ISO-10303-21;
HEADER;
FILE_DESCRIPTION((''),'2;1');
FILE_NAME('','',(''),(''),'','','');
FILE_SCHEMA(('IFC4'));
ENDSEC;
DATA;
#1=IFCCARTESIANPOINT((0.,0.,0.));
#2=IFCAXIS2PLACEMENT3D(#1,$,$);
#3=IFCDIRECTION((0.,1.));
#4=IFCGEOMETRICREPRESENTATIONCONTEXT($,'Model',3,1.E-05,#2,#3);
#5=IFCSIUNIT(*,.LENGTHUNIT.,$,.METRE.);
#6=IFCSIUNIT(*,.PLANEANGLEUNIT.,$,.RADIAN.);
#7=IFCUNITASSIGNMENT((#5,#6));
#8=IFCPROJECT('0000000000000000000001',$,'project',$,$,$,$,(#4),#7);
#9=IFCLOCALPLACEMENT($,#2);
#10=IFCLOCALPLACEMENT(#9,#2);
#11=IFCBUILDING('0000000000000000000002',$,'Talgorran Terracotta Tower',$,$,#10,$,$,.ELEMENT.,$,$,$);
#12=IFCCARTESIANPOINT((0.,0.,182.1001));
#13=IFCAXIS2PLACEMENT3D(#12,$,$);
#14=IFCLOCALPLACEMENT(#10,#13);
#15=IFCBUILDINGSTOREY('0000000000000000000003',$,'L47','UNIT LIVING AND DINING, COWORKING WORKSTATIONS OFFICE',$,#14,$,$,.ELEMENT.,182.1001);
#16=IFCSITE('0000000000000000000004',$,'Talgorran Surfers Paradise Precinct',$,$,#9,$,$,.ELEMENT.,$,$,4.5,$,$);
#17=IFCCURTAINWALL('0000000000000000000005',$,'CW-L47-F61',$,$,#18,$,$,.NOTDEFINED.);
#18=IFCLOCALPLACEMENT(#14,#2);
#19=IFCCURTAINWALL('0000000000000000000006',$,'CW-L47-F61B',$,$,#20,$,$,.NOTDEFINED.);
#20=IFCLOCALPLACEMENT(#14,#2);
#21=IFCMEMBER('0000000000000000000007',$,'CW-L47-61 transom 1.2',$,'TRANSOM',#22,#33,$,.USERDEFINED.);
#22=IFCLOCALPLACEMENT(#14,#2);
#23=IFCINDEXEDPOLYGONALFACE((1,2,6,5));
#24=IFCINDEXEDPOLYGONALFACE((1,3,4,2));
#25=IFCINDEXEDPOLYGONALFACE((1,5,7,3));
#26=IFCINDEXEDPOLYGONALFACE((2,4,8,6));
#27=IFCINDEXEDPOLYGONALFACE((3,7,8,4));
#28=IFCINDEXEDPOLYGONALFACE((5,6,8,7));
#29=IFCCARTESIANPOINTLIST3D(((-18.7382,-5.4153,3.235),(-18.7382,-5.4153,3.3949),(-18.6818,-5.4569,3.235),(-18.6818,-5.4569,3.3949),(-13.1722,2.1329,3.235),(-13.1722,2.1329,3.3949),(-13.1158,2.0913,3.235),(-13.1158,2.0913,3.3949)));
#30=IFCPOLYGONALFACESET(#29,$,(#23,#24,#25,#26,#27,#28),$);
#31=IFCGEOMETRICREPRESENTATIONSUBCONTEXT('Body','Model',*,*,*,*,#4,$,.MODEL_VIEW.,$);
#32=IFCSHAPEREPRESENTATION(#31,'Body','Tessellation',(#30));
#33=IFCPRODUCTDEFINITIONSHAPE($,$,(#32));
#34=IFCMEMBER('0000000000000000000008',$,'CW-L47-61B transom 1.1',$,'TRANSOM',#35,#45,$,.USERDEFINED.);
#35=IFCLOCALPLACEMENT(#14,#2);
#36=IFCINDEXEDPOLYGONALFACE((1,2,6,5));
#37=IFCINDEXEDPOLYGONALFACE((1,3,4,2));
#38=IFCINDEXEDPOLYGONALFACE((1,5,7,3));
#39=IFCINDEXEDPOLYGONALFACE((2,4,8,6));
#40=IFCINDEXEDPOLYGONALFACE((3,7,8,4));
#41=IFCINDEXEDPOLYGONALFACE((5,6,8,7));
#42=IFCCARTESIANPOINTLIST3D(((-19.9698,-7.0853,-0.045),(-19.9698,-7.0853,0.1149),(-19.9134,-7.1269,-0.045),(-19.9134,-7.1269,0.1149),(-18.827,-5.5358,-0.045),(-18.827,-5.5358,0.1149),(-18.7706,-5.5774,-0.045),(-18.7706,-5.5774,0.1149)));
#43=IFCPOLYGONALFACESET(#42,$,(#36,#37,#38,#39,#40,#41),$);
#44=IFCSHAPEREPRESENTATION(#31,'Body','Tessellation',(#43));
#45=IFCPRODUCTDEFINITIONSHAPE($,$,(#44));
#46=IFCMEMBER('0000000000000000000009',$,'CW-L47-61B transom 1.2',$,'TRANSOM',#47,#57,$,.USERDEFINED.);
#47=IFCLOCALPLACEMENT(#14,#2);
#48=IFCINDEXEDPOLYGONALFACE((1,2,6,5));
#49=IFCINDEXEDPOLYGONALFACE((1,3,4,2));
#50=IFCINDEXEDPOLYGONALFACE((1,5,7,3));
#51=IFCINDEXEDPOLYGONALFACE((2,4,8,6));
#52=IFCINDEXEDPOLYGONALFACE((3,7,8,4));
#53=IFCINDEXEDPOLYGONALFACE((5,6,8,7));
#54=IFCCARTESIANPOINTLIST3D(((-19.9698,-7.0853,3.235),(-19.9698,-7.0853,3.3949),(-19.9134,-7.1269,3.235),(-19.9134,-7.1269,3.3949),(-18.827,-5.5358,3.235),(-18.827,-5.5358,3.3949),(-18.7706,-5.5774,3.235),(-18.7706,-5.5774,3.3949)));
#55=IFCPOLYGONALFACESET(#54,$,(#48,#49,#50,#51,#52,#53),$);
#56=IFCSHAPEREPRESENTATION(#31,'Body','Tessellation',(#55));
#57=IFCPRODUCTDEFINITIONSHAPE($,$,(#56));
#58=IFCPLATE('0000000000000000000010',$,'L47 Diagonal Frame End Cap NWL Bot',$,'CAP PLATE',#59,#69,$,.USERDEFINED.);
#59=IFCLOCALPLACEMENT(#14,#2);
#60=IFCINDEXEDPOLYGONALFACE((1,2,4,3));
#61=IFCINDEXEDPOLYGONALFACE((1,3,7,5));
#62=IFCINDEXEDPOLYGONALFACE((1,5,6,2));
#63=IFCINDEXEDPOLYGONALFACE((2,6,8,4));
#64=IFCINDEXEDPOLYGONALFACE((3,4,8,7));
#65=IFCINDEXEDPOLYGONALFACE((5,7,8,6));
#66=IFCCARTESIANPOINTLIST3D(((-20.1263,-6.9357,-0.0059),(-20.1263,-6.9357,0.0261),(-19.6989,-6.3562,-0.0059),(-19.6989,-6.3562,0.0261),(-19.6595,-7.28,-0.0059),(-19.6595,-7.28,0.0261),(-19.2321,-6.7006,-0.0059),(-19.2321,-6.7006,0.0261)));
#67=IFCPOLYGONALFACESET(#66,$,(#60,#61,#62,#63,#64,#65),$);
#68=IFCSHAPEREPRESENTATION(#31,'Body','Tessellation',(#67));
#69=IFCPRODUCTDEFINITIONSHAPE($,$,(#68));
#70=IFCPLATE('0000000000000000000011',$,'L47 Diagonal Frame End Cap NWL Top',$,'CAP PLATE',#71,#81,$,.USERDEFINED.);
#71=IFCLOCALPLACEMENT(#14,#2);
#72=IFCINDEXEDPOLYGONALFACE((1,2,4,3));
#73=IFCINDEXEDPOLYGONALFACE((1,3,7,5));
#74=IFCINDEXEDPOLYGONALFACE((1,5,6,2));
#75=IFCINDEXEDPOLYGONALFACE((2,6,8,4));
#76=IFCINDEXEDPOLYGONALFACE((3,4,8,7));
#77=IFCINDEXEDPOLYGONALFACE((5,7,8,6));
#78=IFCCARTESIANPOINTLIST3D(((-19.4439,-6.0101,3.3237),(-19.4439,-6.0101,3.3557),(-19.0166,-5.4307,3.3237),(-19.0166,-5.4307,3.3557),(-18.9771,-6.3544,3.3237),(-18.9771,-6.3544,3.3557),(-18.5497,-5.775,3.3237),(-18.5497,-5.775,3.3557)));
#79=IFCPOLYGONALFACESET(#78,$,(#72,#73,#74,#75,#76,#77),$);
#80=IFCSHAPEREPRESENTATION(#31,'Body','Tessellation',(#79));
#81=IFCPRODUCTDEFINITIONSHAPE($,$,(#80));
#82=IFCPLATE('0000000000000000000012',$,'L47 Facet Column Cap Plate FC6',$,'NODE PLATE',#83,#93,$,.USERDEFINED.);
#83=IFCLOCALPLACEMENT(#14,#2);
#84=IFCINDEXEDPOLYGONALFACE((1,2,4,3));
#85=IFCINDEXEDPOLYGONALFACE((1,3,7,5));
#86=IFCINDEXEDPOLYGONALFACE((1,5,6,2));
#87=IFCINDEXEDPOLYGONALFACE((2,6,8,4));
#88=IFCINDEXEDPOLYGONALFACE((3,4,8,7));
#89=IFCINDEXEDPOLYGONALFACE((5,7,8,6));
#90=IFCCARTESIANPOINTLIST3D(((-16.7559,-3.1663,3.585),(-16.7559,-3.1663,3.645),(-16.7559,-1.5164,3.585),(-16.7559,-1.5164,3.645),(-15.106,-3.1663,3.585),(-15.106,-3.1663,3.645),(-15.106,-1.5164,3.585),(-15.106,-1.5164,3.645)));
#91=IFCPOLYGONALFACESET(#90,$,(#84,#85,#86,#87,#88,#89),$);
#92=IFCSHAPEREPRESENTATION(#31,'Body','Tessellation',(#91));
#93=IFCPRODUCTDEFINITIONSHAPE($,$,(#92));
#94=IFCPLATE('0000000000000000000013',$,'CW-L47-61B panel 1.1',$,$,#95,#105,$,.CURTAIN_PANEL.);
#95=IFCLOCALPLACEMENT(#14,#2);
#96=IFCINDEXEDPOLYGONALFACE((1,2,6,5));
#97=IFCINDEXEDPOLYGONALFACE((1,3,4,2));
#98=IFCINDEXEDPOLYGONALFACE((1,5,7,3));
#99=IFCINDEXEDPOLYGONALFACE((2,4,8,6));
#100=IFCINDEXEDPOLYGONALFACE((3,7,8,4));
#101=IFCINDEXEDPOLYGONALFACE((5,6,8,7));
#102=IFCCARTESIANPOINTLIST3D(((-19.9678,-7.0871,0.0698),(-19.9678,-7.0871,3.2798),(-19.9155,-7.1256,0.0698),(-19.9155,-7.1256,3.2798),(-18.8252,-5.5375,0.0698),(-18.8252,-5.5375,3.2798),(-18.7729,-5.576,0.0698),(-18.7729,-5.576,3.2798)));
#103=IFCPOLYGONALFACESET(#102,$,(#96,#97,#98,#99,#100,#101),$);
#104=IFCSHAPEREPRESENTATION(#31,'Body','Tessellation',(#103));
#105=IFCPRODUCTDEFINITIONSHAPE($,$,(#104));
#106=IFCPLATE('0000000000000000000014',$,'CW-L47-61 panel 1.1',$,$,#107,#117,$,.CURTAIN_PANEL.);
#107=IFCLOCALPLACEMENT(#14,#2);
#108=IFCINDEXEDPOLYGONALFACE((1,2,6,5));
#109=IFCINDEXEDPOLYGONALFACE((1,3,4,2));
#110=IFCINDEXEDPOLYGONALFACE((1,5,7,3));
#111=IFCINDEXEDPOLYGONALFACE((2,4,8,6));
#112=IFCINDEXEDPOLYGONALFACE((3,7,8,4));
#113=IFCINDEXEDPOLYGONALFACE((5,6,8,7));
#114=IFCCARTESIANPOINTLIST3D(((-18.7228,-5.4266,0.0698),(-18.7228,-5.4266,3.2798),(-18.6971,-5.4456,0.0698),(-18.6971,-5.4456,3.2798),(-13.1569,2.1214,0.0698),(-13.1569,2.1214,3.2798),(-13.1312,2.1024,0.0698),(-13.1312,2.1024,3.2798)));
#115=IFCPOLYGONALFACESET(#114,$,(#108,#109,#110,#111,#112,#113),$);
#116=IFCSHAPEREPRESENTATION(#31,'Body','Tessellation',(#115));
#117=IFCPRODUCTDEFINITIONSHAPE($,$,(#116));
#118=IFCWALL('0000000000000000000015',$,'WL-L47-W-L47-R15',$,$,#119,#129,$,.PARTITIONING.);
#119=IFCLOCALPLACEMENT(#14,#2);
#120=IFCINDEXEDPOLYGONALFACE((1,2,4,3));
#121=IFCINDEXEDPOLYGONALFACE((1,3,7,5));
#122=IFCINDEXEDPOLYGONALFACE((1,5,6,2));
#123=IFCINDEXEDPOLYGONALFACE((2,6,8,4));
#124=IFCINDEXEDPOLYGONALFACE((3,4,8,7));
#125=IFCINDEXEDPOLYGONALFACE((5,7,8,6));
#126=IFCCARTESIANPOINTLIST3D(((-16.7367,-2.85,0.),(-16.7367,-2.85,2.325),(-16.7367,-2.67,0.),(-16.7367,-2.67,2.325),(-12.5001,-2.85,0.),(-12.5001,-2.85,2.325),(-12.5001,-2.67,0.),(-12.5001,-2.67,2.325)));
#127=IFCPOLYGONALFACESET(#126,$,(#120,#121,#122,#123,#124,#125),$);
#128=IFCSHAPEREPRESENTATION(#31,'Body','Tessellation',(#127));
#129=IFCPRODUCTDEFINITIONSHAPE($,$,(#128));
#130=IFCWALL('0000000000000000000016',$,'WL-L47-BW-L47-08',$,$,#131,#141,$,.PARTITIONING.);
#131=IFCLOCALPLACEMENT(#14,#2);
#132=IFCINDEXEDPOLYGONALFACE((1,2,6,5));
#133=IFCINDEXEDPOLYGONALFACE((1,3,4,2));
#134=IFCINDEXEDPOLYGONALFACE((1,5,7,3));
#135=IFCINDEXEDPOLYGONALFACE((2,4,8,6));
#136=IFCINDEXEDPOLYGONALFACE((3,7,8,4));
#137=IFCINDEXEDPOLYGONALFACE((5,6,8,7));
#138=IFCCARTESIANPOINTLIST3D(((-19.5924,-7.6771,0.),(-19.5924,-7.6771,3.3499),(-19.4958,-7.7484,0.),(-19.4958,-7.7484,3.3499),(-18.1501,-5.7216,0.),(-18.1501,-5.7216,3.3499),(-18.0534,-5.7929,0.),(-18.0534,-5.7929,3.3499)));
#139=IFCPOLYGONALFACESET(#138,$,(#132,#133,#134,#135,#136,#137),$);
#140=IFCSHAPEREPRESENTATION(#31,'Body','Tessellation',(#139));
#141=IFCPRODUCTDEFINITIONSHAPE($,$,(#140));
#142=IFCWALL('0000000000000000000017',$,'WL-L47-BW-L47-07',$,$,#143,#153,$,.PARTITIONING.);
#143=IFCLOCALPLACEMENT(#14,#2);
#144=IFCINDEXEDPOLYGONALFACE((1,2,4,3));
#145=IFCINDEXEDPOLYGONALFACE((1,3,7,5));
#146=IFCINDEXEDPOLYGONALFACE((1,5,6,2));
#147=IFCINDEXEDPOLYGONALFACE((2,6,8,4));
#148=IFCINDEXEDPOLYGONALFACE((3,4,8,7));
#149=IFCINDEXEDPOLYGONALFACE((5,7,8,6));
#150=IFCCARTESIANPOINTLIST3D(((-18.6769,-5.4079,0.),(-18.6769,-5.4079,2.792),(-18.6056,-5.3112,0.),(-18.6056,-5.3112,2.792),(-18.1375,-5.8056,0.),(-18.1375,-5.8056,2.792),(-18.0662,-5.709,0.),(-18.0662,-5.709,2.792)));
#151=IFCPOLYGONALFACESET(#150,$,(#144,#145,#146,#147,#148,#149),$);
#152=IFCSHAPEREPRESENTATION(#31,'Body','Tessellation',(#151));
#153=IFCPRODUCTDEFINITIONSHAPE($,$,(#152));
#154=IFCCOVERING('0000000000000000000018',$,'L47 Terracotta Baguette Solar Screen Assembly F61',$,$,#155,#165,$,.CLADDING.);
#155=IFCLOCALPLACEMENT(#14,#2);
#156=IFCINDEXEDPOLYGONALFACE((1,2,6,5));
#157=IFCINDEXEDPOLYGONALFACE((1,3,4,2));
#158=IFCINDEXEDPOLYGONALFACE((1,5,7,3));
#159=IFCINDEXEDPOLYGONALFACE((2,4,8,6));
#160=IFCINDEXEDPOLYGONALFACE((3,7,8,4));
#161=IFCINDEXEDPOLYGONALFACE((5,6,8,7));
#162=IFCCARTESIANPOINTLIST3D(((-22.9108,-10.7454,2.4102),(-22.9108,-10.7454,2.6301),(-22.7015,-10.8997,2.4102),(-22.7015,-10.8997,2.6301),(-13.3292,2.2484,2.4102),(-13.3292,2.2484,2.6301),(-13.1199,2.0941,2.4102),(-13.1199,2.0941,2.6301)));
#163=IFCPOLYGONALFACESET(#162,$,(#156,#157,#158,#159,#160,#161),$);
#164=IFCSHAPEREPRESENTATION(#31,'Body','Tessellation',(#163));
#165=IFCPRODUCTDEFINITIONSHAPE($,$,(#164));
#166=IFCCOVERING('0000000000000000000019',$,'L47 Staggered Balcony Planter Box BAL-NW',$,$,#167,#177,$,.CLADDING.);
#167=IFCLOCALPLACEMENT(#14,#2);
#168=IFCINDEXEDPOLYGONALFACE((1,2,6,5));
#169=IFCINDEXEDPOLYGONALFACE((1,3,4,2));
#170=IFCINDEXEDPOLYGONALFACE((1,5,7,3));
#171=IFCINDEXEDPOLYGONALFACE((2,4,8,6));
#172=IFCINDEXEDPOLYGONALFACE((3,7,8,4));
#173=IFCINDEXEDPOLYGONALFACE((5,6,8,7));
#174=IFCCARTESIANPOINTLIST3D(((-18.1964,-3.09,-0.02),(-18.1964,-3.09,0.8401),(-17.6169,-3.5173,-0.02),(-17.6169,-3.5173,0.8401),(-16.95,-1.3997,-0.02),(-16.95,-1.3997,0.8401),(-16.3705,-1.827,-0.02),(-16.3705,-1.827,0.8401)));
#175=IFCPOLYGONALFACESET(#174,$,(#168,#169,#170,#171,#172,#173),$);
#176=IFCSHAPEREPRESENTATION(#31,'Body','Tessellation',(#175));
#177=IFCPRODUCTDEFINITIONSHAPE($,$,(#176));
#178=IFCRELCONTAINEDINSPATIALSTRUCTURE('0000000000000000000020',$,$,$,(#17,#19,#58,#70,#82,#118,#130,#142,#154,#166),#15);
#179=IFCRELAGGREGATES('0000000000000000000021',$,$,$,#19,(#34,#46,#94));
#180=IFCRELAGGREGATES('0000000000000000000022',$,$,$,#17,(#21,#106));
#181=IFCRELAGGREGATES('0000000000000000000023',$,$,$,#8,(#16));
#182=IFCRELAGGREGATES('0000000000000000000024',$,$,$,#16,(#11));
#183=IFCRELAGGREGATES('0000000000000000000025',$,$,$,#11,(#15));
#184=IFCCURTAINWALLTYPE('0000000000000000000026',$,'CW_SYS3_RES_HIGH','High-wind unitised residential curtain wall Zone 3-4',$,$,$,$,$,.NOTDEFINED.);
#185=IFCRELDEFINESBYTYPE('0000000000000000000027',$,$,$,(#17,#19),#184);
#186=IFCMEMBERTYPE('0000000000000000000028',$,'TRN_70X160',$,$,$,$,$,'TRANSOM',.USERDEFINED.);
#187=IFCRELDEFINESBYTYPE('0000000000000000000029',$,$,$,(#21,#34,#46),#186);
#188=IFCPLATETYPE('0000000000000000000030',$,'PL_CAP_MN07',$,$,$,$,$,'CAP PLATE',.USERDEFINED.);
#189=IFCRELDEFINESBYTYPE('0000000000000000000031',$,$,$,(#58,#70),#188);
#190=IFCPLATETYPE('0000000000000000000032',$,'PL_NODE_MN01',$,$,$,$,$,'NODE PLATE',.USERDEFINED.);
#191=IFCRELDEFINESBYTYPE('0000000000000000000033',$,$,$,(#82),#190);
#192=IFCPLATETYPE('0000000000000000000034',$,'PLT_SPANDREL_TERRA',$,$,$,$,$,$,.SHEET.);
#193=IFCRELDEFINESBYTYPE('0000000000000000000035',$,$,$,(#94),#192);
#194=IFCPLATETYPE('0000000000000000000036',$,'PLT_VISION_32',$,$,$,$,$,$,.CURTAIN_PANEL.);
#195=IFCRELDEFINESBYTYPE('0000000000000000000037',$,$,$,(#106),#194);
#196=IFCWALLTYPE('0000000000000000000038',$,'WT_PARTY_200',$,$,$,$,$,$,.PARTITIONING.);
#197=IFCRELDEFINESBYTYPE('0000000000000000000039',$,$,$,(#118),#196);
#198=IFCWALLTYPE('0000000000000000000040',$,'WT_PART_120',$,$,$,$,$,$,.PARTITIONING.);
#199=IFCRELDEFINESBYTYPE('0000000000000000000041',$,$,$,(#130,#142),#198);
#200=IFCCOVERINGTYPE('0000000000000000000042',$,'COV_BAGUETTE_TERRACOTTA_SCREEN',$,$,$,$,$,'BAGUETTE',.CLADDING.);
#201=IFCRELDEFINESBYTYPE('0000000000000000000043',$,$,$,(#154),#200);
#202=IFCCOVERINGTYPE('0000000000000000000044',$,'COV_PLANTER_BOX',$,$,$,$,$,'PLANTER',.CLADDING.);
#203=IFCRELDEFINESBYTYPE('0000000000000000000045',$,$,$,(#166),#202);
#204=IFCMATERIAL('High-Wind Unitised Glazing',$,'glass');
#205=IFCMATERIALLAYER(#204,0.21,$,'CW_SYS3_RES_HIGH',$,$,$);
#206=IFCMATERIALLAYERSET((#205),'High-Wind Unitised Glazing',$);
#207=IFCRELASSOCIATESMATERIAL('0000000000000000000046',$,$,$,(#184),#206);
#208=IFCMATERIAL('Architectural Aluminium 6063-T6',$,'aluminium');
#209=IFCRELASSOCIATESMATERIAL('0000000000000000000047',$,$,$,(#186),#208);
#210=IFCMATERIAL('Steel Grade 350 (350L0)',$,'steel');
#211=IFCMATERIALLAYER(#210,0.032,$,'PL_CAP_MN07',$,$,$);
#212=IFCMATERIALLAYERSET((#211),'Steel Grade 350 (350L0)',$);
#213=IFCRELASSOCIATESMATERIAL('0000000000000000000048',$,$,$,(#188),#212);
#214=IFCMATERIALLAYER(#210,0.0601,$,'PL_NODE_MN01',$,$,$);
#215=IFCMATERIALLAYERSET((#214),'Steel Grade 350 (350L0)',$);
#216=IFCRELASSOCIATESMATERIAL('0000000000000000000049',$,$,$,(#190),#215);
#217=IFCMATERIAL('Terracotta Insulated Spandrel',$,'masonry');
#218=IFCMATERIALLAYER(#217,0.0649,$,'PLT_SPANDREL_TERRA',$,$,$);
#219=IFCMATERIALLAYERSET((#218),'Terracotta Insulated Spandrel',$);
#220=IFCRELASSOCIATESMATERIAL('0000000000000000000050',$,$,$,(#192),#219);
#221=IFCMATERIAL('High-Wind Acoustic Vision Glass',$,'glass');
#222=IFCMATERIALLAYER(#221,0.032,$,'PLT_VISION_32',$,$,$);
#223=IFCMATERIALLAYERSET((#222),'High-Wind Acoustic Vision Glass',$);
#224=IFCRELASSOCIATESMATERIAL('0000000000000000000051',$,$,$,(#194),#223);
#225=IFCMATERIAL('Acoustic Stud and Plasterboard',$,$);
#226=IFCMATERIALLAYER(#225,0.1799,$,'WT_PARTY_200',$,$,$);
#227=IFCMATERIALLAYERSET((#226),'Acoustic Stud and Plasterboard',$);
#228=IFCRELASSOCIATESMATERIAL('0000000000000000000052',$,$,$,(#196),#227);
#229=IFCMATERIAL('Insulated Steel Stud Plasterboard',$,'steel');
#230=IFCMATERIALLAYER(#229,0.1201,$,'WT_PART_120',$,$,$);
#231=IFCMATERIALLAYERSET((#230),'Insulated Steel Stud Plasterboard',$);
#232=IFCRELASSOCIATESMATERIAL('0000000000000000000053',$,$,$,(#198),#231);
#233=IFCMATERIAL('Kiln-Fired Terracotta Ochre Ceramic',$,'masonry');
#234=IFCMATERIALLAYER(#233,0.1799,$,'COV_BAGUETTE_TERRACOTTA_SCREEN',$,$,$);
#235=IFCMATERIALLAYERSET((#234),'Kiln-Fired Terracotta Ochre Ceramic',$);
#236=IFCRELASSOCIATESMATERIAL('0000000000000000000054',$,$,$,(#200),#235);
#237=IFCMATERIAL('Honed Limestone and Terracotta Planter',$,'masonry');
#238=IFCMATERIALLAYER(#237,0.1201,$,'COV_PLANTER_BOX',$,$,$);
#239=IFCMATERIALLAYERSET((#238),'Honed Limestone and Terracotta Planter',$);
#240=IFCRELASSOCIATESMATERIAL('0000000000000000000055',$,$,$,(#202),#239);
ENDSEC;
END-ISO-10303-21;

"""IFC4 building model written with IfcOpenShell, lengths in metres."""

from ifc_helpers import new_model, si_unit, direction, frame, frame_2d, origin, origin_2d, place, context, subcontext, project, spatial, rectangle, extrude, source, transform, mapped, material, layer, layer_set, material_profile, profile_set, type_object, type_shapes, element, aggregate, save


model = new_model("IFC4")

# Units and contexts
model_context = context("Model", 3, precision=1e-05, world=origin(), true_north=direction((0.0, 1.0)))
body_context = subcontext(model_context, "Body", "Model", "MODEL_VIEW")
ifc_project = project(units=[si_unit("LENGTHUNIT", "METRE"), si_unit("PLANEANGLEUNIT", "RADIAN")], contexts=[model_context])

# Site, building, storey
site_placement = place(None, origin())
site = spatial("IfcSite", under=ifc_project, at=site_placement, Name="Talgorran Surfers Paradise Precinct", CompositionType="ELEMENT", RefElevation=4.5)
building_placement = place(site_placement, origin())
building = spatial("IfcBuilding", under=site, at=building_placement, Name="Talgorran Terracotta Tower", CompositionType="ELEMENT")
storey_placement = place(building_placement, frame((0.0, 0.0, 182.1001)))
storey = spatial("IfcBuildingStorey", under=building, at=storey_placement, Name="L47", Description="UNIT LIVING AND DINING, COWORKING WORKSTATIONS OFFICE", CompositionType="ELEMENT", Elevation=182.1001)

# Shared definitions
ifc_material_1 = material(Name="Steel Grade 350 (350L0)", Category="steel")

# Curtain wall
ifc_material_2 = material(Name="High-Wind Unitised Glazing", Category="glass")
ifc_layer_1 = layer(ifc_material_2, 0.21, Name="CW_SYS3_RES_HIGH")
ifc_layer_set_1 = layer_set([ifc_layer_1], Name="High-Wind Unitised Glazing")
curtain_wall_type = type_object("IfcCurtainWallType", Name="CW_SYS3_RES_HIGH", Description="High-wind unitised residential curtain wall Zone 3-4", PredefinedType="NOTDEFINED", material=ifc_layer_set_1)
curtain_wall_1_placement = place(storey_placement, origin())
curtain_wall_1 = element("IfcCurtainWall", 1, at=curtain_wall_1_placement, inside=storey, type_object=curtain_wall_type, Name="CW-L47-F61", PredefinedType="NOTDEFINED")
ifc_material_3 = material(Name="Architectural Aluminium 6063-T6", Category="aluminium")

# Curtain wall
curtain_wall_2_placement = place(storey_placement, origin())
curtain_wall_2 = element("IfcCurtainWall", 2, at=curtain_wall_2_placement, inside=storey, type_object=curtain_wall_type, Name="CW-L47-F61B", PredefinedType="NOTDEFINED")

# Members
ifc_material_profile_1 = material_profile(ifc_material_3, rectangle(XDim=0.0701, YDim=0.1599, at=origin_2d()), Name="CWT70X160")
ifc_profile_set_1 = profile_set([ifc_material_profile_1], Name="Architectural Aluminium 6063-T6")
member_type_1 = type_object("IfcMemberType", Name="TRN_70X160", ElementType="TRANSOM", PredefinedType="USERDEFINED", material=ifc_profile_set_1)
member_1_placement = place(storey_placement, frame((-13.144, 2.1121, 3.3149), z_axis=(-0.593487, -0.804844, 0.0), x_axis=(0.804844, -0.593487, 0.0)))
member_1 = element("IfcMember", 3, at=member_1_placement, type_object=member_type_1, Name="CW-L47-61 transom 1.2", ObjectType="TRANSOM", PredefinedType="USERDEFINED", context=body_context, shape_type="SweptSolid", body=[
    extrude(rectangle(XDim=0.0701, YDim=0.1599, at=origin_2d()), origin(), (0.0, 0.0, 1.0), 9.3784),
])
member_2_placement = place(storey_placement, frame((-18.7988, -5.5566, 0.0349), z_axis=(-0.593549, -0.804798, 0.0), x_axis=(0.804798, -0.593549, 0.0)))
member_2 = element("IfcMember", 4, at=member_2_placement, type_object=member_type_1, Name="CW-L47-61B transom 1.1", ObjectType="TRANSOM", PredefinedType="USERDEFINED", context=body_context, shape_type="SweptSolid", body=[
    extrude(rectangle(XDim=0.0701, YDim=0.1599, at=origin_2d()), origin(), (0.0, 0.0, 1.0), 1.9253),
])
member_3_placement = place(storey_placement, frame((-18.7988, -5.5566, 3.3149), z_axis=(-0.593549, -0.804798, 0.0), x_axis=(0.804798, -0.593549, 0.0)))
member_3 = element("IfcMember", 5, at=member_3_placement, type_object=member_type_1, Name="CW-L47-61B transom 1.2", ObjectType="TRANSOM", PredefinedType="USERDEFINED", context=body_context, shape_type="SweptSolid", body=[
    extrude(rectangle(XDim=0.0701, YDim=0.1599, at=origin_2d()), origin(), (0.0, 0.0, 1.0), 1.9253),
])

# Plates
ifc_layer_2 = layer(ifc_material_1, 0.032, Name="PL_CAP_MN07")
ifc_layer_set_2 = layer_set([ifc_layer_2], Name="Steel Grade 350 (350L0)")
plate_type_1 = type_object("IfcPlateType", Name="PL_CAP_MN07", ElementType="CAP PLATE", PredefinedType="USERDEFINED", material=ifc_layer_set_2)
for number, where, z_axis, x_axis, name in (
    (6, (-19.6792, -6.8181, -0.0059), (0.0, 0.0, 1.0), (0.593559, 0.80479, 0.0), "L47 Diagonal Frame End Cap NWL Bot"),
    (7, (-18.9968, -5.8926, 3.3237), (0.0, 0.0, 1.0), (0.593559, 0.80479, 0.0), "L47 Diagonal Frame End Cap NWL Top"),
):
    element("IfcPlate", number, at=place(storey_placement, frame(where, z_axis=z_axis, x_axis=x_axis)), inside=storey, type_object=plate_type_1, Name=name, ObjectType="CAP PLATE", PredefinedType="USERDEFINED", context=body_context, shape_type="SweptSolid", body=[
        extrude(rectangle(XDim=0.72, YDim=0.5801, at=origin_2d()), origin(), (0.0, 0.0, 1.0), 0.032),
    ])
ifc_layer_3 = layer(ifc_material_1, 0.0601, Name="PL_NODE_MN01")
ifc_layer_set_3 = layer_set([ifc_layer_3], Name="Steel Grade 350 (350L0)")
plate_type_2 = type_object("IfcPlateType", Name="PL_NODE_MN01", ElementType="NODE PLATE", PredefinedType="USERDEFINED", material=ifc_layer_set_3)
plate_1_placement = place(storey_placement, frame((-15.9309, -2.3413, 3.585), z_axis=(0.0, 0.0, 1.0), x_axis=(1.0, 0.0, 0.0)))
element("IfcPlate", 8, at=plate_1_placement, inside=storey, type_object=plate_type_2, Name="L47 Facet Column Cap Plate FC6", ObjectType="NODE PLATE", PredefinedType="USERDEFINED", context=body_context, shape_type="SweptSolid", body=[
    extrude(rectangle(XDim=1.6499, YDim=1.6499, at=origin_2d()), origin(), (0.0, 0.0, 1.0), 0.0601),
])

# Plates
ifc_material_4 = material(Name="Terracotta Insulated Spandrel", Category="masonry")
ifc_layer_4 = layer(ifc_material_4, 0.0649, Name="PLT_SPANDREL_TERRA")
ifc_layer_set_4 = layer_set([ifc_layer_4], Name="Terracotta Insulated Spandrel")
plate_type_3 = type_object("IfcPlateType", Name="PLT_SPANDREL_TERRA", PredefinedType="SHEET", material=ifc_layer_set_4)
shared_shape_1 = source(origin(), body_context, "Body", "SweptSolid", [
    extrude(rectangle(XDim=1.9253, YDim=0.0649, at=origin_2d()), origin(), (0.0, 0.0, 1.0), 3.21),
])
type_shapes(plate_type_3, [shared_shape_1])
plate_2_placement = place(storey_placement, frame((-19.3704, -6.3315, 0.0698), z_axis=(0.0, 0.0, 1.0), x_axis=(-0.593488, -0.804843, 0.0)))
plate_2 = element("IfcPlate", 9, at=plate_2_placement, type_object=plate_type_3, Name="CW-L47-61B panel 1.1", PredefinedType="CURTAIN_PANEL", context=body_context, shape_type="MappedRepresentation", body=[
    mapped(shared_shape_1, transform((0.0, 0.0, 0.0), scale=1.0)),
])
aggregate(curtain_wall_2, [member_2, member_3, plate_2])
ifc_material_5 = material(Name="High-Wind Acoustic Vision Glass", Category="glass")
ifc_layer_5 = layer(ifc_material_5, 0.032, Name="PLT_VISION_32")
ifc_layer_set_5 = layer_set([ifc_layer_5], Name="High-Wind Acoustic Vision Glass")
plate_type_4 = type_object("IfcPlateType", Name="PLT_VISION_32", PredefinedType="CURTAIN_PANEL", material=ifc_layer_set_5)
shared_shape_2 = source(origin(), body_context, "Body", "SweptSolid", [
    extrude(rectangle(XDim=9.3782, YDim=0.032, at=origin_2d()), origin(), (0.0, 0.0, 1.0), 3.21),
])
type_shapes(plate_type_4, [shared_shape_2])
plate_3_placement = place(storey_placement, frame((-15.927, -1.6621, 0.0698), z_axis=(0.0, 0.0, 1.0), x_axis=(-0.59349, -0.804841, 0.0)))
plate_3 = element("IfcPlate", 10, at=plate_3_placement, type_object=plate_type_4, Name="CW-L47-61 panel 1.1", PredefinedType="CURTAIN_PANEL", context=body_context, shape_type="MappedRepresentation", body=[
    mapped(shared_shape_2, transform((0.0, 0.0, 0.0), scale=1.0)),
])
aggregate(curtain_wall_1, [member_1, plate_3])

# Walls
ifc_material_6 = material(Name="Acoustic Stud and Plasterboard")
ifc_layer_6 = layer(ifc_material_6, 0.1799, Name="WT_PARTY_200")
ifc_layer_set_6 = layer_set([ifc_layer_6], Name="Acoustic Stud and Plasterboard")
wall_type_1 = type_object("IfcWallType", Name="WT_PARTY_200", PredefinedType="PARTITIONING", material=ifc_layer_set_6)
wall_1_placement = place(storey_placement, frame((-16.7366, -2.76, 0.0), z_axis=(0.0, 0.0, 1.0), x_axis=(1.0, 0.0, 0.0)))
element("IfcWall", 11, at=wall_1_placement, inside=storey, type_object=wall_type_1, Name="WL-L47-W-L47-R15", PredefinedType="PARTITIONING", context=body_context, shape_type="SweptSolid", body=[
    extrude(rectangle(XDim=4.2366, YDim=0.1799, at=frame_2d((2.1182, 0.0))), origin(), (0.0, 0.0, 1.0), 2.325),
])
ifc_material_7 = material(Name="Insulated Steel Stud Plasterboard", Category="steel")
ifc_layer_7 = layer(ifc_material_7, 0.1201, Name="WT_PART_120")
ifc_layer_set_7 = layer_set([ifc_layer_7], Name="Insulated Steel Stud Plasterboard")
wall_type_2 = type_object("IfcWallType", Name="WT_PART_120", PredefinedType="PARTITIONING", material=ifc_layer_set_7)
wall_2_placement = place(storey_placement, frame((-18.1018, -5.7573, 0.0), z_axis=(0.0, 0.0, 1.0), x_axis=(-0.593583, -0.804773, 0.0)))
element("IfcWall", 12, at=wall_2_placement, inside=storey, type_object=wall_type_2, Name="WL-L47-BW-L47-08", PredefinedType="PARTITIONING", context=body_context, shape_type="SweptSolid", body=[
    extrude(rectangle(XDim=2.4299, YDim=0.1201, at=frame_2d((1.2148, 0.0))), origin(), (0.0, 0.0, 1.0), 3.3499),
])
wall_3_placement = place(storey_placement, frame((-18.6411, -5.3596, 0.0), z_axis=(0.0, 0.0, 1.0), x_axis=(0.804827, -0.59351, 0.0)))
element("IfcWall", 13, at=wall_3_placement, inside=storey, type_object=wall_type_2, Name="WL-L47-BW-L47-07", PredefinedType="PARTITIONING", context=body_context, shape_type="SweptSolid", body=[
    extrude(rectangle(XDim=0.6702, YDim=0.1201, at=frame_2d((0.335, 0.0))), origin(), (0.0, 0.0, 1.0), 2.792),
])

# Coverings
ifc_material_8 = material(Name="Kiln-Fired Terracotta Ochre Ceramic", Category="masonry")
ifc_layer_8 = layer(ifc_material_8, 0.1799, Name="COV_BAGUETTE_TERRACOTTA_SCREEN")
ifc_layer_set_8 = layer_set([ifc_layer_8], Name="Kiln-Fired Terracotta Ochre Ceramic")
covering_type_1 = type_object("IfcCoveringType", Name="COV_BAGUETTE_TERRACOTTA_SCREEN", ElementType="BAGUETTE", PredefinedType="CLADDING", material=ifc_layer_set_8)
covering_1_placement = place(storey_placement, frame((-18.0154, -4.3257, 2.4102), z_axis=(0.0, 0.0, 1.0), x_axis=(-0.593489, -0.804842, 0.0)))
element("IfcCovering", 14, at=covering_1_placement, inside=storey, type_object=covering_type_1, Name="L47 Terracotta Baguette Solar Screen Assembly F61", PredefinedType="CLADDING", context=body_context, shape_type="SweptSolid", body=[
    extrude(rectangle(XDim=16.1445, YDim=0.26, at=origin_2d()), origin(), (0.0, 0.0, 1.0), 0.22),
])
ifc_material_9 = material(Name="Honed Limestone and Terracotta Planter", Category="masonry")
ifc_layer_9 = layer(ifc_material_9, 0.1201, Name="COV_PLANTER_BOX")
ifc_layer_set_9 = layer_set([ifc_layer_9], Name="Honed Limestone and Terracotta Planter")
covering_type_2 = type_object("IfcCoveringType", Name="COV_PLANTER_BOX", ElementType="PLANTER", PredefinedType="CLADDING", material=ifc_layer_set_9)
covering_2_placement = place(storey_placement, frame((-17.2834, -2.4585, -0.02), z_axis=(0.0, 0.0, 1.0), x_axis=(-0.593489, -0.804842, 0.0)))
element("IfcCovering", 15, at=covering_2_placement, inside=storey, type_object=covering_type_2, Name="L47 Staggered Balcony Planter Box BAL-NW", PredefinedType="CLADDING", context=body_context, shape_type="SweptSolid", body=[
    extrude(rectangle(XDim=2.1001, YDim=0.72, at=origin_2d()), origin(), (0.0, 0.0, 1.0), 0.8601),
])

save(model, "model.ifc")
